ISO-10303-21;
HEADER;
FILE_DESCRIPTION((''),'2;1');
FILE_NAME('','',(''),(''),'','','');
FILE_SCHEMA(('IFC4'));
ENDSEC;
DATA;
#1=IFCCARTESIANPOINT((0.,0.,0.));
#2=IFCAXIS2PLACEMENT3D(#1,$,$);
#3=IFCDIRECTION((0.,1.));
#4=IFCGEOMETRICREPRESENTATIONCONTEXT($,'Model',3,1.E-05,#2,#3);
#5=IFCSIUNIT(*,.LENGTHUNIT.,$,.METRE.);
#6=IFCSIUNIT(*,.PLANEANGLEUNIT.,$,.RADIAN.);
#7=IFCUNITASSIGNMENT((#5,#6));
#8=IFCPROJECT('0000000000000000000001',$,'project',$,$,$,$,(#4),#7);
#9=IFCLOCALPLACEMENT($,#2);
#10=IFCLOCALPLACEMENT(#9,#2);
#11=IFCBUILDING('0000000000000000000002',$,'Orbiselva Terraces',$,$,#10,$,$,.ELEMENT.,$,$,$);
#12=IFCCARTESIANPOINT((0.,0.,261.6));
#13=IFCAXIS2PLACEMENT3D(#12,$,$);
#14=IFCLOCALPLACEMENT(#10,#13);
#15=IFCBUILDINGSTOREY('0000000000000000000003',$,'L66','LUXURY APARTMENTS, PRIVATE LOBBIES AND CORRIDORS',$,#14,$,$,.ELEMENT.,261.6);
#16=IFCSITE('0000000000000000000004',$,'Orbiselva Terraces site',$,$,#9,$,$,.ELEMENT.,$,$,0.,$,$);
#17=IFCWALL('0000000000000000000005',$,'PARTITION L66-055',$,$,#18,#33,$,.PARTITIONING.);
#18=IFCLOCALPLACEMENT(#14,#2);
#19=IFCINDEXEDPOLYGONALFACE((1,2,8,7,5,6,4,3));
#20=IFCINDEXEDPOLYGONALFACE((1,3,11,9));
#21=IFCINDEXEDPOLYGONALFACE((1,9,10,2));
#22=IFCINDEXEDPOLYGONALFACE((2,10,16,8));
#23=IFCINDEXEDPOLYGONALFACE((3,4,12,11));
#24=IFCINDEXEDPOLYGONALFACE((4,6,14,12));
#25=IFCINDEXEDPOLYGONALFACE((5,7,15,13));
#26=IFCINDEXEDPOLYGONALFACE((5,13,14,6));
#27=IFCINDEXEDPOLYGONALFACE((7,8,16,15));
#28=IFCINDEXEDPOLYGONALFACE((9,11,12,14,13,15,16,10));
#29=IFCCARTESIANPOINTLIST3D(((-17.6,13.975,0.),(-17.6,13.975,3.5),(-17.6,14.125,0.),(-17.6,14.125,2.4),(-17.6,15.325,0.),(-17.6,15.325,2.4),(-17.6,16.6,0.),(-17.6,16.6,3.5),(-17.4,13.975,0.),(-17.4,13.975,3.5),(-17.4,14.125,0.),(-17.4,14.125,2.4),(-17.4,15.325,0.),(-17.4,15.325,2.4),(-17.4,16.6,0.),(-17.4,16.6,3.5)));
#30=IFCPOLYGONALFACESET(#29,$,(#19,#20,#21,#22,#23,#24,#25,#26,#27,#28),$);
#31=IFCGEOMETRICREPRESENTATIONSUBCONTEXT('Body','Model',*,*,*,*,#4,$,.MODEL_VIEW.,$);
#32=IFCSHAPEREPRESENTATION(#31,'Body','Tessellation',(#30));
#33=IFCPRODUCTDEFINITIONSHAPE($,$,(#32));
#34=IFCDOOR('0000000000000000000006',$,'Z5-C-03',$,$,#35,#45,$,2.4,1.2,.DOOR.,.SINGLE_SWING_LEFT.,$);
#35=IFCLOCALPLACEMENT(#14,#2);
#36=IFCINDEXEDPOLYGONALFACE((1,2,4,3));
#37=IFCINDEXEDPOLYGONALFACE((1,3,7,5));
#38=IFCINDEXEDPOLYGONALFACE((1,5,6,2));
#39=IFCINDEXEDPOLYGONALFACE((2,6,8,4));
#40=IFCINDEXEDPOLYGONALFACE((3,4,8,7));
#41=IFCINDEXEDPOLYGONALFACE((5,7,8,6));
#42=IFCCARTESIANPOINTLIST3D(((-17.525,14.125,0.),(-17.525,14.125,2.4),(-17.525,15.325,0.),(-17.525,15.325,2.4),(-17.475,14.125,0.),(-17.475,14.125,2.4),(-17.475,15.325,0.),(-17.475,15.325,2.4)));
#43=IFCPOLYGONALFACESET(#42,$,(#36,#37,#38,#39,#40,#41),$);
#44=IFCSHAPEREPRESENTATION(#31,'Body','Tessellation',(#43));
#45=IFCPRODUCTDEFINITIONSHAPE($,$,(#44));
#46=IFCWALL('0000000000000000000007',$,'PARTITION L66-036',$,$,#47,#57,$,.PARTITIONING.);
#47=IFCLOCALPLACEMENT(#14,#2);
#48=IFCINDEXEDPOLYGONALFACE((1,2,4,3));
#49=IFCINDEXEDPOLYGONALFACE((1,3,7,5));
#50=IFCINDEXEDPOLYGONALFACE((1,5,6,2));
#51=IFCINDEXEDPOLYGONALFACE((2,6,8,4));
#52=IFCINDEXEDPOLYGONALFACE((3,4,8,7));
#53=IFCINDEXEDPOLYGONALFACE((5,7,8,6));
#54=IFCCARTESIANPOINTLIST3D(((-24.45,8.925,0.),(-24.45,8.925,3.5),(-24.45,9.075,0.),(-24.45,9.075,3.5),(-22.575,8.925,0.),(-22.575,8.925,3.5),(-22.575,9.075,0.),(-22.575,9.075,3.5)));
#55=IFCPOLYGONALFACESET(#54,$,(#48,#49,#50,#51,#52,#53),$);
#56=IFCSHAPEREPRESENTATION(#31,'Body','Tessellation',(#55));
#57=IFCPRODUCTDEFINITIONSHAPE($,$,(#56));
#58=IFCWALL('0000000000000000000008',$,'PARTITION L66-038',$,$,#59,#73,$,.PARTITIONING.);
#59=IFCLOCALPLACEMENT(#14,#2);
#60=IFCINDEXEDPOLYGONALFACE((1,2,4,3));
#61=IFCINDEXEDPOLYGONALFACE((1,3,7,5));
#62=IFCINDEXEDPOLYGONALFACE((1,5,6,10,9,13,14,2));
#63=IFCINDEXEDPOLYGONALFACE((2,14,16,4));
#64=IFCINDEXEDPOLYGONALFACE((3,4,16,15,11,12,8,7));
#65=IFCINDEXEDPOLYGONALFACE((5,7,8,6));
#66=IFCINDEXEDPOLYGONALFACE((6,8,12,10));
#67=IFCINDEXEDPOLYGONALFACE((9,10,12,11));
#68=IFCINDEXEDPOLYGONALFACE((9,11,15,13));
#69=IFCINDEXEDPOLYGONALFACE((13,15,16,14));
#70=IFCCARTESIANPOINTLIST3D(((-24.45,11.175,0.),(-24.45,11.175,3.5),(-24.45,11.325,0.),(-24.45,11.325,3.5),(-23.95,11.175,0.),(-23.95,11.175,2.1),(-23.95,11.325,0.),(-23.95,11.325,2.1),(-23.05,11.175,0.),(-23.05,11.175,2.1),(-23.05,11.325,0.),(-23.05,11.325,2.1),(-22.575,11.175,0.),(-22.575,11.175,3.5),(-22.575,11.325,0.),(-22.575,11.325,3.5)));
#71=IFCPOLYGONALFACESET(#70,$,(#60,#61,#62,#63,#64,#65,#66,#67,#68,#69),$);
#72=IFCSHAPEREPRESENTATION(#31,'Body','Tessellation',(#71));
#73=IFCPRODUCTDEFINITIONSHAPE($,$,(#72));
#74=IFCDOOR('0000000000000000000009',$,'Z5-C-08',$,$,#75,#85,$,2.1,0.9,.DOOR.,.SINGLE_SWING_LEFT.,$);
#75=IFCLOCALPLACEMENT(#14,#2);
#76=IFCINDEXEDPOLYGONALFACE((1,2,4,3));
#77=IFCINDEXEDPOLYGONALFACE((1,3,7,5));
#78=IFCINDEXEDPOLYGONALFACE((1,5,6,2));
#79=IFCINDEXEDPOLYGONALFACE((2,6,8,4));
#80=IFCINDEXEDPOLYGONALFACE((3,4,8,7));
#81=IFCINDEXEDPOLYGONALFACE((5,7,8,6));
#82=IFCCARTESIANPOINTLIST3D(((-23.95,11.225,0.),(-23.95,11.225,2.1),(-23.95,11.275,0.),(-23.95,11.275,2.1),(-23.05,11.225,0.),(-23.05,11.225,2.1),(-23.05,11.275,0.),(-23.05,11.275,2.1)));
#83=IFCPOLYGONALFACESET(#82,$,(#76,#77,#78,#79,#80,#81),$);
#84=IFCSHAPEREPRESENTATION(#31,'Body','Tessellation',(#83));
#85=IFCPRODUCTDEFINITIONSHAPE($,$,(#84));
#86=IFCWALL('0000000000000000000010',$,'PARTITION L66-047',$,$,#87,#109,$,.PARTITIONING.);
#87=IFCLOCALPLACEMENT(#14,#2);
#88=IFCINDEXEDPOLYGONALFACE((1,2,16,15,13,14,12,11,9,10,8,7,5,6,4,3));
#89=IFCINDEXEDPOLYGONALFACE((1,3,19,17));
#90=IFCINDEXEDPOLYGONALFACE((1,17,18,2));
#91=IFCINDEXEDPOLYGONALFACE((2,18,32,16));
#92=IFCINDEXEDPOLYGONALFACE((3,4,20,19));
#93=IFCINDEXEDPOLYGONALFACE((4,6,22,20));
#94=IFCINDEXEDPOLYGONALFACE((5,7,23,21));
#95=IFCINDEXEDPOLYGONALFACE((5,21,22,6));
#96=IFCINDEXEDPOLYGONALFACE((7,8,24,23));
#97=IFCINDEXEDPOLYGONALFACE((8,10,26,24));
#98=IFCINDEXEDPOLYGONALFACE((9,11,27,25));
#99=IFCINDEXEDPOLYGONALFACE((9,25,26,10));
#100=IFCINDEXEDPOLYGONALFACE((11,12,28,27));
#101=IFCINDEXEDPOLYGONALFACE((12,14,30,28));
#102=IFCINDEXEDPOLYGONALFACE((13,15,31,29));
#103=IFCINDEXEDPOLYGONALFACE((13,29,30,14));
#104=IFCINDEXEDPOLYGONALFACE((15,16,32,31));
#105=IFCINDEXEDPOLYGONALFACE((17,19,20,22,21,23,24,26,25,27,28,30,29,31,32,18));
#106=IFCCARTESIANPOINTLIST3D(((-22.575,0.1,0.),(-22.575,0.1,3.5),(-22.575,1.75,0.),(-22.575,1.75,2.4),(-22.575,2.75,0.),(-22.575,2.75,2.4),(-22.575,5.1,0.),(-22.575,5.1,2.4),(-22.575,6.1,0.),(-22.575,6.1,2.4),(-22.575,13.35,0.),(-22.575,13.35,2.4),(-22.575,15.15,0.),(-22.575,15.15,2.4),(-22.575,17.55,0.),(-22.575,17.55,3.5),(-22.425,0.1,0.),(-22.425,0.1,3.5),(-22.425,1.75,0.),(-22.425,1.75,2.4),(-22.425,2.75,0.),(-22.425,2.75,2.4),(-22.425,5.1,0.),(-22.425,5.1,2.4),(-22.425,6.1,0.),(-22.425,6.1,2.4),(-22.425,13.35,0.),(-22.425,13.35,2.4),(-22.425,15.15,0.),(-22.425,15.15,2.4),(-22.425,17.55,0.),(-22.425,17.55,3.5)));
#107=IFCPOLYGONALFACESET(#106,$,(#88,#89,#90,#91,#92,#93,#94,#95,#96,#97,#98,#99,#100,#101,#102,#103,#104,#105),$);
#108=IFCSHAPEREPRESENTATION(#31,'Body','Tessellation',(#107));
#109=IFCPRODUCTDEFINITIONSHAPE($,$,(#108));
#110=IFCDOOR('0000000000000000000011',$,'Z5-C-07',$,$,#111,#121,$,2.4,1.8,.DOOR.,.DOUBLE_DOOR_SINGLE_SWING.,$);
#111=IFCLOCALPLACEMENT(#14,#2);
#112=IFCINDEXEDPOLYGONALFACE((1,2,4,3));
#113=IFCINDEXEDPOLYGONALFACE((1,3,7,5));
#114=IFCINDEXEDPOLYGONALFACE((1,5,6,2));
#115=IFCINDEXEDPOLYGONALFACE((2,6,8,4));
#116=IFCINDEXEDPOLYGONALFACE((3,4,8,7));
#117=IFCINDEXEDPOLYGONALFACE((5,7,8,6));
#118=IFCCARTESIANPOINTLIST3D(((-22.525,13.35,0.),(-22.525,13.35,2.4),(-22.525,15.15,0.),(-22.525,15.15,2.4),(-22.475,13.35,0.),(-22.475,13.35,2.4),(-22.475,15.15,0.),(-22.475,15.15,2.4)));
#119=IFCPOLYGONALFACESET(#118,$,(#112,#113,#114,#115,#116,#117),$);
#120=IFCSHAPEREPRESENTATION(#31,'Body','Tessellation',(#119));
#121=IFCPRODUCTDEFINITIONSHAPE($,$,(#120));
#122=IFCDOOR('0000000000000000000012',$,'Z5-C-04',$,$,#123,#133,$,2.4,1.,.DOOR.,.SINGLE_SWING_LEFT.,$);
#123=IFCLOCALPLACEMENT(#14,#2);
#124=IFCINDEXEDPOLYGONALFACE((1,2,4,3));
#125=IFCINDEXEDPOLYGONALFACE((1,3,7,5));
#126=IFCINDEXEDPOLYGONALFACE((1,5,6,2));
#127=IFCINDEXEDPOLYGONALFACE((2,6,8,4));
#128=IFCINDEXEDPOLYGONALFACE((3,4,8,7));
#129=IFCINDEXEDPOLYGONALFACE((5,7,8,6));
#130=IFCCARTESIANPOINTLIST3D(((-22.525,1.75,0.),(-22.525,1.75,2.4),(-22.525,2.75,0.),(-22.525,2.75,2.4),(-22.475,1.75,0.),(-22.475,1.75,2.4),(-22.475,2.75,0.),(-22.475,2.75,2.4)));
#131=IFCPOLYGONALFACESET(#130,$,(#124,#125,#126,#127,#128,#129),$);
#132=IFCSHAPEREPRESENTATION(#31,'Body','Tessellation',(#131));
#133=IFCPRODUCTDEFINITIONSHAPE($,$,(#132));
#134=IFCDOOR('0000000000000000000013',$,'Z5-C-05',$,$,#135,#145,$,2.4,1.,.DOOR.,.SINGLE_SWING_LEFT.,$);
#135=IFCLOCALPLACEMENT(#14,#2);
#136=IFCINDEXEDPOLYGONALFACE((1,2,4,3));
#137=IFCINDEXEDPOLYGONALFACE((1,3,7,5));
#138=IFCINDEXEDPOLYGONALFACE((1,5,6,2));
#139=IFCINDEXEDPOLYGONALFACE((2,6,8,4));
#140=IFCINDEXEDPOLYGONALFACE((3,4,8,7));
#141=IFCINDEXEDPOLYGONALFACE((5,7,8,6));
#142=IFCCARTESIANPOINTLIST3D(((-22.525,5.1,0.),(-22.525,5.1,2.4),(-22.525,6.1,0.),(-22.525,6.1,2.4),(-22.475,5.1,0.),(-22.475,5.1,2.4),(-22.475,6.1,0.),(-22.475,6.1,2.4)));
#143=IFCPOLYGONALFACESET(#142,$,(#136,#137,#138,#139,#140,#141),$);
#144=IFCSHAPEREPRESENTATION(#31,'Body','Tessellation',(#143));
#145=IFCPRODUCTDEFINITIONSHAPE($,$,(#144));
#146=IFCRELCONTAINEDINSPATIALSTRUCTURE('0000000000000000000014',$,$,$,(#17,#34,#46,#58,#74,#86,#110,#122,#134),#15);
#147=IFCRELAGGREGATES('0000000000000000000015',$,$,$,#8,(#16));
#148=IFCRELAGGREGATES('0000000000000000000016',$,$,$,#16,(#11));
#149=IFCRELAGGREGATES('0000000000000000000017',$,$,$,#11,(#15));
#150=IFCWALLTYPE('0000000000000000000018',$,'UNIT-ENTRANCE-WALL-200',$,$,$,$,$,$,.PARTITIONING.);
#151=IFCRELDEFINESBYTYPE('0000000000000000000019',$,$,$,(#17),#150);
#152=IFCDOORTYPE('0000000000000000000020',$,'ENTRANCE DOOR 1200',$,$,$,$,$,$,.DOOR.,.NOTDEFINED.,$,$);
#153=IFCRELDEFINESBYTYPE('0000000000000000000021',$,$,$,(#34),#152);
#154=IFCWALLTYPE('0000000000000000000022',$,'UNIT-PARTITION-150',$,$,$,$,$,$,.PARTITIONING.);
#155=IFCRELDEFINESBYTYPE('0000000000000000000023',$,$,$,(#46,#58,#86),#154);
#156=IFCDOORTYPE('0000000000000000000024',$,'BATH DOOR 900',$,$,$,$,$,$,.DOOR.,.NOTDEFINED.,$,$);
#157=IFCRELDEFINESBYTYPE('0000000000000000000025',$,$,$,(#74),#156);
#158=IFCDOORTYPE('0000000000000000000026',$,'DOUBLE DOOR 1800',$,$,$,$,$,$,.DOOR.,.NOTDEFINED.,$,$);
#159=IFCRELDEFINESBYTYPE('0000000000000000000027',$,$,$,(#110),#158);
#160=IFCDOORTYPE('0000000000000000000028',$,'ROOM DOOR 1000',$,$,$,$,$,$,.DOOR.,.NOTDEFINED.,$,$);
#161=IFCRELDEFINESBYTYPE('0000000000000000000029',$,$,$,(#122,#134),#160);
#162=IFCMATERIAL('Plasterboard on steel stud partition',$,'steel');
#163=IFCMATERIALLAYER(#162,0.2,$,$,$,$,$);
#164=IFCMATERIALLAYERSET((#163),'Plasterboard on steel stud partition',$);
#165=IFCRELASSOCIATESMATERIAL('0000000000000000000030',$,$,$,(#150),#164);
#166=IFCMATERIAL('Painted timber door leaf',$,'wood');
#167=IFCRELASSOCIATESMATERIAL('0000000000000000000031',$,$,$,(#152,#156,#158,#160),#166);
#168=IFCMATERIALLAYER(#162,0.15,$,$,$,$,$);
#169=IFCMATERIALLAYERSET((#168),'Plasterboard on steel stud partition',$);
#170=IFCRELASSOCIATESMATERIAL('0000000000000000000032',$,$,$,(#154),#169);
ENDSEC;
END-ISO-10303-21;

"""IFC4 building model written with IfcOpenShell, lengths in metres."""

from ifc_helpers import new_model, si_unit, direction, frame, frame_2d, origin, place, context, subcontext, project, spatial, rectangle, extrude, material, layer, layer_set, type_object, element, fill, save


model = new_model("IFC4")

# Units and contexts
model_context = context("Model", 3, precision=1e-05, world=origin(), true_north=direction((0.0, 1.0)))
body_context = subcontext(model_context, "Body", "Model", "MODEL_VIEW")
ifc_project = project(units=[si_unit("LENGTHUNIT", "METRE"), si_unit("PLANEANGLEUNIT", "RADIAN")], contexts=[model_context])

# Site, building, storey
site_placement = place(None, origin())
site = spatial("IfcSite", under=ifc_project, at=site_placement, Name="Orbiselva Terraces site", CompositionType="ELEMENT", RefElevation=0.0)
building_placement = place(site_placement, origin())
building = spatial("IfcBuilding", under=site, at=building_placement, Name="Orbiselva Terraces", CompositionType="ELEMENT")
storey_placement = place(building_placement, frame((0.0, 0.0, 261.6)))
storey = spatial("IfcBuildingStorey", under=building, at=storey_placement, Name="L66", Description="LUXURY APARTMENTS, PRIVATE LOBBIES AND CORRIDORS", CompositionType="ELEMENT", Elevation=261.6)

# Shared definitions
ifc_material_1 = material(Name="Plasterboard on steel stud partition", Category="steel")
ifc_layer_1 = layer(ifc_material_1, 0.2)
ifc_layer_set_1 = layer_set([ifc_layer_1], Name="Plasterboard on steel stud partition")
wall_type_1 = type_object("IfcWallType", Name="UNIT-ENTRANCE-WALL-200", PredefinedType="PARTITIONING", material=ifc_layer_set_1)

# Wall, opening, door
wall_1_placement = place(storey_placement, frame((-17.5, 13.975, 0.0), z_axis=(0.0, 0.0, 1.0), x_axis=(0.0, 1.0, 0.0)))
wall_1 = element("IfcWall", 1, at=wall_1_placement, inside=storey, type_object=wall_type_1, Name="PARTITION L66-055", PredefinedType="PARTITIONING", context=body_context, shape_type="SweptSolid", body=[
    extrude(rectangle(XDim=2.625, YDim=0.2, at=frame_2d((1.3125, 0.0))), origin(), (0.0, 0.0, 1.0), 3.5),
])
opening_1_placement = place(wall_1_placement, frame((0.15, 0.0, 0.0)))
opening_1 = element("IfcOpeningElement", 2, at=opening_1_placement, cuts=wall_1, PredefinedType="OPENING", context=body_context, shape_type="SweptSolid", body=[
    extrude(rectangle(XDim=1.2, YDim=2.4, at=frame_2d((0.6, 1.2))), frame((0.0, 0.11, 0.0), z_axis=(0.0, -1.0, 0.0), x_axis=(1.0, 0.0, 0.0)), (0.0, 0.0, 1.0), 0.22),
])
ifc_material_2 = material(Name="Painted timber door leaf", Category="wood")
door_type_1 = type_object("IfcDoorType", Name="ENTRANCE DOOR 1200", OperationType="NOTDEFINED", PredefinedType="DOOR", material=ifc_material_2)
door_1_placement = place(opening_1_placement, origin())
door_1 = element("IfcDoor", 3, at=door_1_placement, inside=storey, type_object=door_type_1, Name="Z5-C-03", OperationType="SINGLE_SWING_LEFT", OverallHeight=2.4, OverallWidth=1.2, PredefinedType="DOOR", context=body_context, shape_type="SweptSolid", body=[
    extrude(rectangle(XDim=1.2, YDim=2.4, at=frame_2d((0.6, 1.2))), frame((0.0, 0.025, 0.0), z_axis=(0.0, -1.0, 0.0), x_axis=(1.0, 0.0, 0.0)), (0.0, 0.0, 1.0), 0.05),
])
fill(opening_1, door_1)

# Wall
ifc_layer_2 = layer(ifc_material_1, 0.15)
ifc_layer_set_2 = layer_set([ifc_layer_2], Name="Plasterboard on steel stud partition")
wall_type_2 = type_object("IfcWallType", Name="UNIT-PARTITION-150", PredefinedType="PARTITIONING", material=ifc_layer_set_2)
wall_2_placement = place(storey_placement, frame((-24.45, 9.0, 0.0), z_axis=(0.0, 0.0, 1.0), x_axis=(1.0, 0.0, 0.0)))
element("IfcWall", 4, at=wall_2_placement, inside=storey, type_object=wall_type_2, Name="PARTITION L66-036", PredefinedType="PARTITIONING", context=body_context, shape_type="SweptSolid", body=[
    extrude(rectangle(XDim=1.875, YDim=0.15, at=frame_2d((0.9375, 0.0))), origin(), (0.0, 0.0, 1.0), 3.5),
])

# Wall, opening, door
wall_3_placement = place(storey_placement, frame((-22.575, 11.25, 0.0), z_axis=(0.0, 0.0, 1.0), x_axis=(-1.0, 0.0, 0.0)))
wall_3 = element("IfcWall", 5, at=wall_3_placement, inside=storey, type_object=wall_type_2, Name="PARTITION L66-038", PredefinedType="PARTITIONING", context=body_context, shape_type="SweptSolid", body=[
    extrude(rectangle(XDim=1.875, YDim=0.15, at=frame_2d((0.9375, 0.0))), origin(), (0.0, 0.0, 1.0), 3.5),
])
opening_2_placement = place(wall_3_placement, frame((0.475, 0.0, 0.0)))
opening_2 = element("IfcOpeningElement", 6, at=opening_2_placement, cuts=wall_3, PredefinedType="OPENING", context=body_context, shape_type="SweptSolid", body=[
    extrude(rectangle(XDim=0.9, YDim=2.1, at=frame_2d((0.45, 1.05))), frame((0.0, 0.085, 0.0), z_axis=(0.0, -1.0, 0.0), x_axis=(1.0, 0.0, 0.0)), (0.0, 0.0, 1.0), 0.17),
])
door_type_2 = type_object("IfcDoorType", Name="BATH DOOR 900", OperationType="NOTDEFINED", PredefinedType="DOOR", material=ifc_material_2)
door_2_placement = place(opening_2_placement, origin())
door_2 = element("IfcDoor", 7, at=door_2_placement, inside=storey, type_object=door_type_2, Name="Z5-C-08", OperationType="SINGLE_SWING_LEFT", OverallHeight=2.1, OverallWidth=0.9, PredefinedType="DOOR", context=body_context, shape_type="SweptSolid", body=[
    extrude(rectangle(XDim=0.9, YDim=2.1, at=frame_2d((0.45, 1.05))), frame((0.0, 0.025, 0.0), z_axis=(0.0, -1.0, 0.0), x_axis=(1.0, 0.0, 0.0)), (0.0, 0.0, 1.0), 0.05),
])
fill(opening_2, door_2)

# Wall, openings, doors
wall_4_placement = place(storey_placement, frame((-22.5, 0.1, 0.0), z_axis=(0.0, 0.0, 1.0), x_axis=(0.0, 1.0, 0.0)))
wall_4 = element("IfcWall", 8, at=wall_4_placement, inside=storey, type_object=wall_type_2, Name="PARTITION L66-047", PredefinedType="PARTITIONING", context=body_context, shape_type="SweptSolid", body=[
    extrude(rectangle(XDim=17.45, YDim=0.15, at=frame_2d((8.725, 0.0))), origin(), (0.0, 0.0, 1.0), 3.5),
])
opening_3_placement = place(wall_4_placement, frame((1.65, 0.0, 0.0)))
opening_3 = element("IfcOpeningElement", 9, at=opening_3_placement, cuts=wall_4, PredefinedType="OPENING", context=body_context, shape_type="SweptSolid", body=[
    extrude(rectangle(XDim=1.0, YDim=2.4, at=frame_2d((0.5, 1.2))), frame((0.0, 0.085, 0.0), z_axis=(0.0, -1.0, 0.0), x_axis=(1.0, 0.0, 0.0)), (0.0, 0.0, 1.0), 0.17),
])
opening_4_placement = place(wall_4_placement, frame((5.0, 0.0, 0.0)))
opening_4 = element("IfcOpeningElement", 10, at=opening_4_placement, cuts=wall_4, PredefinedType="OPENING", context=body_context, shape_type="SweptSolid", body=[
    extrude(rectangle(XDim=1.0, YDim=2.4, at=frame_2d((0.5, 1.2))), frame((0.0, 0.085, 0.0), z_axis=(0.0, -1.0, 0.0), x_axis=(1.0, 0.0, 0.0)), (0.0, 0.0, 1.0), 0.17),
])
opening_5_placement = place(wall_4_placement, frame((13.25, 0.0, 0.0)))
opening_5 = element("IfcOpeningElement", 11, at=opening_5_placement, cuts=wall_4, PredefinedType="OPENING", context=body_context, shape_type="SweptSolid", body=[
    extrude(rectangle(XDim=1.8, YDim=2.4, at=frame_2d((0.9, 1.2))), frame((0.0, 0.085, 0.0), z_axis=(0.0, -1.0, 0.0), x_axis=(1.0, 0.0, 0.0)), (0.0, 0.0, 1.0), 0.17),
])
door_type_3 = type_object("IfcDoorType", Name="DOUBLE DOOR 1800", OperationType="NOTDEFINED", PredefinedType="DOOR", material=ifc_material_2)
door_3_placement = place(opening_5_placement, origin())
door_3 = element("IfcDoor", 12, at=door_3_placement, inside=storey, type_object=door_type_3, Name="Z5-C-07", OperationType="DOUBLE_DOOR_SINGLE_SWING", OverallHeight=2.4, OverallWidth=1.8, PredefinedType="DOOR", context=body_context, shape_type="SweptSolid", body=[
    extrude(rectangle(XDim=1.8, YDim=2.4, at=frame_2d((0.9, 1.2))), frame((0.0, 0.025, 0.0), z_axis=(0.0, -1.0, 0.0), x_axis=(1.0, 0.0, 0.0)), (0.0, 0.0, 1.0), 0.05),
])
fill(opening_5, door_3)
door_type_4 = type_object("IfcDoorType", Name="ROOM DOOR 1000", OperationType="NOTDEFINED", PredefinedType="DOOR", material=ifc_material_2)
door_4_placement = place(opening_3_placement, origin())
door_4 = element("IfcDoor", 13, at=door_4_placement, inside=storey, type_object=door_type_4, Name="Z5-C-04", OperationType="SINGLE_SWING_LEFT", OverallHeight=2.4, OverallWidth=1.0, PredefinedType="DOOR", context=body_context, shape_type="SweptSolid", body=[
    extrude(rectangle(XDim=1.0, YDim=2.4, at=frame_2d((0.5, 1.2))), frame((0.0, 0.025, 0.0), z_axis=(0.0, -1.0, 0.0), x_axis=(1.0, 0.0, 0.0)), (0.0, 0.0, 1.0), 0.05),
])
fill(opening_3, door_4)
door_5_placement = place(opening_4_placement, origin())
door_5 = element("IfcDoor", 14, at=door_5_placement, inside=storey, type_object=door_type_4, Name="Z5-C-05", OperationType="SINGLE_SWING_LEFT", OverallHeight=2.4, OverallWidth=1.0, PredefinedType="DOOR", context=body_context, shape_type="SweptSolid", body=[
    extrude(rectangle(XDim=1.0, YDim=2.4, at=frame_2d((0.5, 1.2))), frame((0.0, 0.025, 0.0), z_axis=(0.0, -1.0, 0.0), x_axis=(1.0, 0.0, 0.0)), (0.0, 0.0, 1.0), 0.05),
])
fill(opening_4, door_5)

save(model, "model.ifc")
